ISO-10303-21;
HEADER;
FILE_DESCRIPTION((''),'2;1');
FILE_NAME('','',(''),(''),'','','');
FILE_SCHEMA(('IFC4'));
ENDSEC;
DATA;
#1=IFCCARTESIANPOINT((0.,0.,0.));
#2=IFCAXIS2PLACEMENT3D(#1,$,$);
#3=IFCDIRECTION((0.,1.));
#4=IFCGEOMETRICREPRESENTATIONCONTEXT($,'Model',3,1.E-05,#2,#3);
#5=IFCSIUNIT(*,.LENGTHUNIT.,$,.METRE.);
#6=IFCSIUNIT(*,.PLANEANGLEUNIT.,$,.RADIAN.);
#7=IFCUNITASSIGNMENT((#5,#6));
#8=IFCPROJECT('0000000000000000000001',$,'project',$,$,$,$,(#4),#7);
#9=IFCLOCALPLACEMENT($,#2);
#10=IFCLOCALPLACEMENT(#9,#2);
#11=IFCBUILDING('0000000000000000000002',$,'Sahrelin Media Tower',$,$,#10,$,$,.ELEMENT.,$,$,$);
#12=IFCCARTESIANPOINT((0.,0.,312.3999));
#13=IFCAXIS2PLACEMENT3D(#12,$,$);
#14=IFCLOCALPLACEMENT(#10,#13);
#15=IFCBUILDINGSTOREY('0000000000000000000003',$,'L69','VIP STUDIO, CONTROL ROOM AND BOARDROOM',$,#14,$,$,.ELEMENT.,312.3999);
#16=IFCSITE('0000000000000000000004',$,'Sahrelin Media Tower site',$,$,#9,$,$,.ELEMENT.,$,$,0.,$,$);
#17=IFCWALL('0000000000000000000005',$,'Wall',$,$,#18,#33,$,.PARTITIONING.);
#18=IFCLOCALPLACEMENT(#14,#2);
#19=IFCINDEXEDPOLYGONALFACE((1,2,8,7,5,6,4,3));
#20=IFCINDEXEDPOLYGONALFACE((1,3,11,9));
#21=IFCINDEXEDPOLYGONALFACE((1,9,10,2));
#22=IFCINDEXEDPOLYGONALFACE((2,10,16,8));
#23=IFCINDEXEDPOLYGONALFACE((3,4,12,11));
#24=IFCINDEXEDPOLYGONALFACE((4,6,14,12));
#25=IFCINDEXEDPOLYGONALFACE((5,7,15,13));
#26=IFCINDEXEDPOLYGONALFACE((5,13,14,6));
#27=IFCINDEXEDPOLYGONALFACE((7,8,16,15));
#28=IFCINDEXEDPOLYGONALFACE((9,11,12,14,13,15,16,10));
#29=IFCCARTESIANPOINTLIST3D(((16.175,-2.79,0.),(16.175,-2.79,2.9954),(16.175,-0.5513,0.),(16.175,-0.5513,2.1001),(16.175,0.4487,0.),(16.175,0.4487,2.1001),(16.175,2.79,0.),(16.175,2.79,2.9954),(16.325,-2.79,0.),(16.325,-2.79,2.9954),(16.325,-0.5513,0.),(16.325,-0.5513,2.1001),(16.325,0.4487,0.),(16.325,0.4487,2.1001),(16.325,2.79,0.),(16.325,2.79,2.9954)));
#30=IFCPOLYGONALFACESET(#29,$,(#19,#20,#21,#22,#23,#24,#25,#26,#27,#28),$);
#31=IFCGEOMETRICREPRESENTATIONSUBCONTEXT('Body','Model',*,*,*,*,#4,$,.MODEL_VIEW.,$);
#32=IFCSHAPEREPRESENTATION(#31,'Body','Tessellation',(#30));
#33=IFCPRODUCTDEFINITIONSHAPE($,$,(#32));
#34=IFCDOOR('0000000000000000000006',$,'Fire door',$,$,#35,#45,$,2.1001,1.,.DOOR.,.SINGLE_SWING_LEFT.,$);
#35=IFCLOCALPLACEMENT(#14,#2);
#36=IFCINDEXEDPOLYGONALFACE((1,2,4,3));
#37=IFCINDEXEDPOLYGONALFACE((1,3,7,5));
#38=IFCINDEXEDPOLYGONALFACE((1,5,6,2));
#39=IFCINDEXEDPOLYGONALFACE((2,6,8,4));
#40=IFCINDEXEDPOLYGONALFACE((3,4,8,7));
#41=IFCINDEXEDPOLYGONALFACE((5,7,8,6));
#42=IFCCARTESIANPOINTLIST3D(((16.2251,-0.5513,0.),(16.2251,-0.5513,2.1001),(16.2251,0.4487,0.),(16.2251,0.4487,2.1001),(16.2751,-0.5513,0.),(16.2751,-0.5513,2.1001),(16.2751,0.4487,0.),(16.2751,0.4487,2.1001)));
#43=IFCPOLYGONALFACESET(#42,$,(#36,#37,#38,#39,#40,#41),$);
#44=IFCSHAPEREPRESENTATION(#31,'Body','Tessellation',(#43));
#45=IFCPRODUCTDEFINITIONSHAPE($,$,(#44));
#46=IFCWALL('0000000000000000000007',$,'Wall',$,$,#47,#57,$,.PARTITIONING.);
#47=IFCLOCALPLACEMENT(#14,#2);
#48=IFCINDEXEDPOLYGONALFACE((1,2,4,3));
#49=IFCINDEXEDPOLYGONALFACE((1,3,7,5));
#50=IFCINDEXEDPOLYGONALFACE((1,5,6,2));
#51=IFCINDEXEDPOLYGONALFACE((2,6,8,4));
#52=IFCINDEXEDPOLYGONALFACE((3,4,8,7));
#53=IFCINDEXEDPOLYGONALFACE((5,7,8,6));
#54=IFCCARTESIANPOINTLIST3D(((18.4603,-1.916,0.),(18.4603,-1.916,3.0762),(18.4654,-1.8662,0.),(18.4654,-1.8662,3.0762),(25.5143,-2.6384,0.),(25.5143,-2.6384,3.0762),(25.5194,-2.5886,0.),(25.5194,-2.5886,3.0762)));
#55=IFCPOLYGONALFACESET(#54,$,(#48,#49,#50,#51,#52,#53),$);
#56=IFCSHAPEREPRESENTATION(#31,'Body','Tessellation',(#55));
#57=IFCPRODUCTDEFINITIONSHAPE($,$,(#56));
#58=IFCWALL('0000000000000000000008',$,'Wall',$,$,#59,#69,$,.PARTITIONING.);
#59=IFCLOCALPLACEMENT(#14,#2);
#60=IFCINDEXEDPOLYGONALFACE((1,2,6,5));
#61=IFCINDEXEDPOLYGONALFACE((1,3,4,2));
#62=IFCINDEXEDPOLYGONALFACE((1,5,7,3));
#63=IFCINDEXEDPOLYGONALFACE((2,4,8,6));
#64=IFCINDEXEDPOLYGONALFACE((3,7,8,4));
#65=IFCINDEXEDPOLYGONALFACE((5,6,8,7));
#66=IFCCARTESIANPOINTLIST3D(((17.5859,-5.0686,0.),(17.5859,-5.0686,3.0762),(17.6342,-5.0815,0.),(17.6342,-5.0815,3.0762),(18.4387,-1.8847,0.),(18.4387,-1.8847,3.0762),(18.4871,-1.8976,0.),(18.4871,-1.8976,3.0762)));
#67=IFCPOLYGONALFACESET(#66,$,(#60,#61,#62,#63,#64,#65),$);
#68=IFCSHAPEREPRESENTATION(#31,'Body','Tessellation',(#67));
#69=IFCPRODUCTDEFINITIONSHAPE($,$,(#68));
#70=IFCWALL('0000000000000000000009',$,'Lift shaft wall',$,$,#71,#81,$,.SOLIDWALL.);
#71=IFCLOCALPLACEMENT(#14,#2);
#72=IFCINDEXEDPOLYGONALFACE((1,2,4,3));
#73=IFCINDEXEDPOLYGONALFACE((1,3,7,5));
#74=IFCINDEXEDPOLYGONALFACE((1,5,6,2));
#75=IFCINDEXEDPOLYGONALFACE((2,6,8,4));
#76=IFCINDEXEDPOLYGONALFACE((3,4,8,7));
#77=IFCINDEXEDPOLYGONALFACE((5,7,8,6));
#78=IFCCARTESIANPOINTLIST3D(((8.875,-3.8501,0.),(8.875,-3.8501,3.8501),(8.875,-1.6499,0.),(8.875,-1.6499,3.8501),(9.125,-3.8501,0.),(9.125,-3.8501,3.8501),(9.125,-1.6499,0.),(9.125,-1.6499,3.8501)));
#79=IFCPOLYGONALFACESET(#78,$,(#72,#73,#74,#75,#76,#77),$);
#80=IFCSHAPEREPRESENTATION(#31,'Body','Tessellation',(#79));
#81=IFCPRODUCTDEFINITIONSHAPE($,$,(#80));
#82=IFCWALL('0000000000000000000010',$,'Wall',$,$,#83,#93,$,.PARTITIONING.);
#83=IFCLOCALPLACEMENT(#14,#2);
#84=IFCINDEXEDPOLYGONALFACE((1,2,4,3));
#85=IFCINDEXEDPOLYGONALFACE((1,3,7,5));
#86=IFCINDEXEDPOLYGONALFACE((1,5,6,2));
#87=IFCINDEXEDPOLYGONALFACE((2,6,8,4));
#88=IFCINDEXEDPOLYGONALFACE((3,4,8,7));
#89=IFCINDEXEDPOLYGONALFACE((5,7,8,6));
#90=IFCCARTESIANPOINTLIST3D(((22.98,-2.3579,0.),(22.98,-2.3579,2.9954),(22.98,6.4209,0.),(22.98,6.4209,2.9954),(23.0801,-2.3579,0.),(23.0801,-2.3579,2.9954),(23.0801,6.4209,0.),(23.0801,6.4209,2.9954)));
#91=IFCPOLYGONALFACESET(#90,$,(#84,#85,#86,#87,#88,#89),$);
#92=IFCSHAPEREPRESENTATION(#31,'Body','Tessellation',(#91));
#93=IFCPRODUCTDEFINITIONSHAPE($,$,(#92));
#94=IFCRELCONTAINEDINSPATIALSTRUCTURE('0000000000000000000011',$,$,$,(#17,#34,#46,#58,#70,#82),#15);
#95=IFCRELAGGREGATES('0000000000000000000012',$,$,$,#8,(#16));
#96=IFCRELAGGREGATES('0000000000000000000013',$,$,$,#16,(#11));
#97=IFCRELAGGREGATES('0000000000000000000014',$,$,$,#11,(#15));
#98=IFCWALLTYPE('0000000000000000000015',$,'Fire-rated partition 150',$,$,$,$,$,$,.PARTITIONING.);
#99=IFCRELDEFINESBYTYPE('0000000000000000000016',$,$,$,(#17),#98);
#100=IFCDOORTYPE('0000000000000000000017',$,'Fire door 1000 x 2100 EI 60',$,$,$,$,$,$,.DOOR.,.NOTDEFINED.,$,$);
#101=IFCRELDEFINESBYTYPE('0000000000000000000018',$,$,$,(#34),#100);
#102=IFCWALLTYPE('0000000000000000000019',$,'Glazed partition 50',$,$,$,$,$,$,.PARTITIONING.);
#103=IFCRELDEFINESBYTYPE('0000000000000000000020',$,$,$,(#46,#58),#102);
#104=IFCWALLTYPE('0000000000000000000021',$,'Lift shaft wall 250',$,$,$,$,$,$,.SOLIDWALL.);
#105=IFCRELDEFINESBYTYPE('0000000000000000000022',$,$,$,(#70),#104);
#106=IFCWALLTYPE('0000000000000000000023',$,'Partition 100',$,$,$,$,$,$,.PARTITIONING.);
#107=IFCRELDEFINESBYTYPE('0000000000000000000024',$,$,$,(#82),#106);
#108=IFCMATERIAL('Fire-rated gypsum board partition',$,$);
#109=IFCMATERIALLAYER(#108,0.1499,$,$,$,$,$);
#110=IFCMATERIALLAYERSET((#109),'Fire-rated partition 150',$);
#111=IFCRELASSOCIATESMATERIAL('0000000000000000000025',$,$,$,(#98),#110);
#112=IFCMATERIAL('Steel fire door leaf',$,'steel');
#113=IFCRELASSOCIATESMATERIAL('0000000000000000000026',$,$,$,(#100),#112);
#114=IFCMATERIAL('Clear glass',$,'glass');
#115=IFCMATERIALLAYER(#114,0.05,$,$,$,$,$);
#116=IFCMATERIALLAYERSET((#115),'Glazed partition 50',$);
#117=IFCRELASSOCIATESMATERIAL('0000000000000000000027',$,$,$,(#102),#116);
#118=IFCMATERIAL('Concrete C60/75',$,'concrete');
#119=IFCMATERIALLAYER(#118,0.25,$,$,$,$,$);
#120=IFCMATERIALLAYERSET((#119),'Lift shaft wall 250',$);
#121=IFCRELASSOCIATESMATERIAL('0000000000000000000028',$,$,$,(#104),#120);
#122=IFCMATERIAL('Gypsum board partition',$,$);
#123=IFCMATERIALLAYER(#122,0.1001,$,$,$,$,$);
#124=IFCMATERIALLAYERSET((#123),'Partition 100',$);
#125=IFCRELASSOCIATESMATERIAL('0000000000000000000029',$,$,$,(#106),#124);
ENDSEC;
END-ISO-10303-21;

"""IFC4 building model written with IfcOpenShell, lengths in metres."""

from ifc_helpers import new_model, si_unit, direction, frame, frame_2d, origin, place, context, subcontext, project, spatial, rectangle, extrude, material, layer, layer_set, type_object, element, fill, save


model = new_model("IFC4")

# Units and contexts
model_context = context("Model", 3, precision=1e-05, world=origin(), true_north=direction((0.0, 1.0)))
body_context = subcontext(model_context, "Body", "Model", "MODEL_VIEW")
ifc_project = project(units=[si_unit("LENGTHUNIT", "METRE"), si_unit("PLANEANGLEUNIT", "RADIAN")], contexts=[model_context])

# Site, building, storey
site_placement = place(None, origin())
site = spatial("IfcSite", under=ifc_project, at=site_placement, Name="Sahrelin Media Tower site", CompositionType="ELEMENT", RefElevation=0.0)
building_placement = place(site_placement, origin())
building = spatial("IfcBuilding", under=site, at=building_placement, Name="Sahrelin Media Tower", CompositionType="ELEMENT")
storey_placement = place(building_placement, frame((0.0, 0.0, 312.3999)))
storey = spatial("IfcBuildingStorey", under=building, at=storey_placement, Name="L69", Description="VIP STUDIO, CONTROL ROOM AND BOARDROOM", CompositionType="ELEMENT", Elevation=312.3999)

# Shared definitions
ifc_material_1 = material(Name="Fire-rated gypsum board partition")
ifc_layer_1 = layer(ifc_material_1, 0.1499)
ifc_layer_set_1 = layer_set([ifc_layer_1], Name="Fire-rated partition 150")
wall_type_1 = type_object("IfcWallType", Name="Fire-rated partition 150", PredefinedType="PARTITIONING", material=ifc_layer_set_1)

# Wall, opening, door
ifc_material_2 = material(Name="Steel fire door leaf", Category="steel")
door_type = type_object("IfcDoorType", Name="Fire door 1000 x 2100 EI 60", OperationType="NOTDEFINED", PredefinedType="DOOR", material=ifc_material_2)
wall_1_placement = place(storey_placement, frame((16.25, -2.79, 0.0), z_axis=(0.0, 0.0, 1.0), x_axis=(0.0, 1.0, 0.0)))
wall_1 = element("IfcWall", 1, at=wall_1_placement, inside=storey, type_object=wall_type_1, Name="Wall", PredefinedType="PARTITIONING", context=body_context, shape_type="SweptSolid", body=[
    extrude(rectangle(XDim=5.5801, YDim=0.1499, at=frame_2d((2.79, 0.0))), origin(), (0.0, 0.0, 1.0), 2.9954),
])
opening_1_placement = place(wall_1_placement, frame((2.2388, 0.0, 0.0)))
opening_1 = element("IfcOpeningElement", 2, at=opening_1_placement, cuts=wall_1, PredefinedType="OPENING", context=body_context, shape_type="SweptSolid", body=[
    extrude(rectangle(XDim=1.0, YDim=2.1001, at=frame_2d((0.5, 1.05))), frame((0.0, 0.075, 0.0), z_axis=(0.0, -1.0, 0.0), x_axis=(1.0, 0.0, 0.0)), (0.0, 0.0, 1.0), 0.1499),
])
door_1_placement = place(opening_1_placement, origin())
door_1 = element("IfcDoor", 3, at=door_1_placement, inside=storey, type_object=door_type, Name="Fire door", OperationType="SINGLE_SWING_LEFT", OverallHeight=2.1001, OverallWidth=1.0, PredefinedType="DOOR", context=body_context, shape_type="SweptSolid", body=[
    extrude(rectangle(XDim=1.0, YDim=2.1001, at=frame_2d((0.5, 1.05))), frame((0.0, 0.0249, 0.0), z_axis=(0.0, -1.0, 0.0), x_axis=(1.0, 0.0, 0.0)), (0.0, 0.0, 1.0), 0.05),
])
fill(opening_1, door_1)

# Walls
ifc_material_3 = material(Name="Clear glass", Category="glass")
ifc_layer_2 = layer(ifc_material_3, 0.05)
ifc_layer_set_2 = layer_set([ifc_layer_2], Name="Glazed partition 50")
wall_type_2 = type_object("IfcWallType", Name="Glazed partition 50", PredefinedType="PARTITIONING", material=ifc_layer_set_2)
wall_2_placement = place(storey_placement, frame((18.4629, -1.8911, 0.0), z_axis=(0.0, 0.0, 1.0), x_axis=(0.994797, -0.101879, 0.0)))
element("IfcWall", 4, at=wall_2_placement, inside=storey, type_object=wall_type_2, Name="Wall", PredefinedType="PARTITIONING", context=body_context, shape_type="SweptSolid", body=[
    extrude(rectangle(XDim=7.0908, YDim=0.05, at=frame_2d((3.5454, 0.0))), origin(), (0.0, 0.0, 1.0), 3.0762),
])
wall_3_placement = place(storey_placement, frame((17.6101, -5.075, 0.0), z_axis=(0.0, 0.0, 1.0), x_axis=(0.258727, 0.96595, 0.0)))
element("IfcWall", 5, at=wall_3_placement, inside=storey, type_object=wall_type_2, Name="Wall", PredefinedType="PARTITIONING", context=body_context, shape_type="SweptSolid", body=[
    extrude(rectangle(XDim=3.2961, YDim=0.05, at=frame_2d((1.6479, 0.0))), origin(), (0.0, 0.0, 1.0), 3.0762),
])
ifc_material_4 = material(Name="Concrete C60/75", Category="concrete")
ifc_layer_3 = layer(ifc_material_4, 0.25)
ifc_layer_set_3 = layer_set([ifc_layer_3], Name="Lift shaft wall 250")
wall_type_3 = type_object("IfcWallType", Name="Lift shaft wall 250", PredefinedType="SOLIDWALL", material=ifc_layer_set_3)
wall_4_placement = place(storey_placement, frame((9.0, -3.8501, 0.0), z_axis=(0.0, 0.0, 1.0), x_axis=(0.0, 1.0, 0.0)))
element("IfcWall", 6, at=wall_4_placement, inside=storey, type_object=wall_type_3, Name="Lift shaft wall", PredefinedType="SOLIDWALL", context=body_context, shape_type="SweptSolid", body=[
    extrude(rectangle(XDim=2.2002, YDim=0.25, at=frame_2d((1.1001, 0.0))), origin(), (0.0, 0.0, 1.0), 3.8501),
])
ifc_material_5 = material(Name="Gypsum board partition")
ifc_layer_4 = layer(ifc_material_5, 0.1001)
ifc_layer_set_4 = layer_set([ifc_layer_4], Name="Partition 100")
wall_type_4 = type_object("IfcWallType", Name="Partition 100", PredefinedType="PARTITIONING", material=ifc_layer_set_4)
wall_5_placement = place(storey_placement, frame((23.03, -2.3579, 0.0), z_axis=(0.0, 0.0, 1.0), x_axis=(0.0, 1.0, 0.0)))
element("IfcWall", 7, at=wall_5_placement, inside=storey, type_object=wall_type_4, Name="Wall", PredefinedType="PARTITIONING", context=body_context, shape_type="SweptSolid", body=[
    extrude(rectangle(XDim=8.7788, YDim=0.1001, at=frame_2d((4.3894, 0.0))), origin(), (0.0, 0.0, 1.0), 2.9954),
])

save(model, "model.ifc")
